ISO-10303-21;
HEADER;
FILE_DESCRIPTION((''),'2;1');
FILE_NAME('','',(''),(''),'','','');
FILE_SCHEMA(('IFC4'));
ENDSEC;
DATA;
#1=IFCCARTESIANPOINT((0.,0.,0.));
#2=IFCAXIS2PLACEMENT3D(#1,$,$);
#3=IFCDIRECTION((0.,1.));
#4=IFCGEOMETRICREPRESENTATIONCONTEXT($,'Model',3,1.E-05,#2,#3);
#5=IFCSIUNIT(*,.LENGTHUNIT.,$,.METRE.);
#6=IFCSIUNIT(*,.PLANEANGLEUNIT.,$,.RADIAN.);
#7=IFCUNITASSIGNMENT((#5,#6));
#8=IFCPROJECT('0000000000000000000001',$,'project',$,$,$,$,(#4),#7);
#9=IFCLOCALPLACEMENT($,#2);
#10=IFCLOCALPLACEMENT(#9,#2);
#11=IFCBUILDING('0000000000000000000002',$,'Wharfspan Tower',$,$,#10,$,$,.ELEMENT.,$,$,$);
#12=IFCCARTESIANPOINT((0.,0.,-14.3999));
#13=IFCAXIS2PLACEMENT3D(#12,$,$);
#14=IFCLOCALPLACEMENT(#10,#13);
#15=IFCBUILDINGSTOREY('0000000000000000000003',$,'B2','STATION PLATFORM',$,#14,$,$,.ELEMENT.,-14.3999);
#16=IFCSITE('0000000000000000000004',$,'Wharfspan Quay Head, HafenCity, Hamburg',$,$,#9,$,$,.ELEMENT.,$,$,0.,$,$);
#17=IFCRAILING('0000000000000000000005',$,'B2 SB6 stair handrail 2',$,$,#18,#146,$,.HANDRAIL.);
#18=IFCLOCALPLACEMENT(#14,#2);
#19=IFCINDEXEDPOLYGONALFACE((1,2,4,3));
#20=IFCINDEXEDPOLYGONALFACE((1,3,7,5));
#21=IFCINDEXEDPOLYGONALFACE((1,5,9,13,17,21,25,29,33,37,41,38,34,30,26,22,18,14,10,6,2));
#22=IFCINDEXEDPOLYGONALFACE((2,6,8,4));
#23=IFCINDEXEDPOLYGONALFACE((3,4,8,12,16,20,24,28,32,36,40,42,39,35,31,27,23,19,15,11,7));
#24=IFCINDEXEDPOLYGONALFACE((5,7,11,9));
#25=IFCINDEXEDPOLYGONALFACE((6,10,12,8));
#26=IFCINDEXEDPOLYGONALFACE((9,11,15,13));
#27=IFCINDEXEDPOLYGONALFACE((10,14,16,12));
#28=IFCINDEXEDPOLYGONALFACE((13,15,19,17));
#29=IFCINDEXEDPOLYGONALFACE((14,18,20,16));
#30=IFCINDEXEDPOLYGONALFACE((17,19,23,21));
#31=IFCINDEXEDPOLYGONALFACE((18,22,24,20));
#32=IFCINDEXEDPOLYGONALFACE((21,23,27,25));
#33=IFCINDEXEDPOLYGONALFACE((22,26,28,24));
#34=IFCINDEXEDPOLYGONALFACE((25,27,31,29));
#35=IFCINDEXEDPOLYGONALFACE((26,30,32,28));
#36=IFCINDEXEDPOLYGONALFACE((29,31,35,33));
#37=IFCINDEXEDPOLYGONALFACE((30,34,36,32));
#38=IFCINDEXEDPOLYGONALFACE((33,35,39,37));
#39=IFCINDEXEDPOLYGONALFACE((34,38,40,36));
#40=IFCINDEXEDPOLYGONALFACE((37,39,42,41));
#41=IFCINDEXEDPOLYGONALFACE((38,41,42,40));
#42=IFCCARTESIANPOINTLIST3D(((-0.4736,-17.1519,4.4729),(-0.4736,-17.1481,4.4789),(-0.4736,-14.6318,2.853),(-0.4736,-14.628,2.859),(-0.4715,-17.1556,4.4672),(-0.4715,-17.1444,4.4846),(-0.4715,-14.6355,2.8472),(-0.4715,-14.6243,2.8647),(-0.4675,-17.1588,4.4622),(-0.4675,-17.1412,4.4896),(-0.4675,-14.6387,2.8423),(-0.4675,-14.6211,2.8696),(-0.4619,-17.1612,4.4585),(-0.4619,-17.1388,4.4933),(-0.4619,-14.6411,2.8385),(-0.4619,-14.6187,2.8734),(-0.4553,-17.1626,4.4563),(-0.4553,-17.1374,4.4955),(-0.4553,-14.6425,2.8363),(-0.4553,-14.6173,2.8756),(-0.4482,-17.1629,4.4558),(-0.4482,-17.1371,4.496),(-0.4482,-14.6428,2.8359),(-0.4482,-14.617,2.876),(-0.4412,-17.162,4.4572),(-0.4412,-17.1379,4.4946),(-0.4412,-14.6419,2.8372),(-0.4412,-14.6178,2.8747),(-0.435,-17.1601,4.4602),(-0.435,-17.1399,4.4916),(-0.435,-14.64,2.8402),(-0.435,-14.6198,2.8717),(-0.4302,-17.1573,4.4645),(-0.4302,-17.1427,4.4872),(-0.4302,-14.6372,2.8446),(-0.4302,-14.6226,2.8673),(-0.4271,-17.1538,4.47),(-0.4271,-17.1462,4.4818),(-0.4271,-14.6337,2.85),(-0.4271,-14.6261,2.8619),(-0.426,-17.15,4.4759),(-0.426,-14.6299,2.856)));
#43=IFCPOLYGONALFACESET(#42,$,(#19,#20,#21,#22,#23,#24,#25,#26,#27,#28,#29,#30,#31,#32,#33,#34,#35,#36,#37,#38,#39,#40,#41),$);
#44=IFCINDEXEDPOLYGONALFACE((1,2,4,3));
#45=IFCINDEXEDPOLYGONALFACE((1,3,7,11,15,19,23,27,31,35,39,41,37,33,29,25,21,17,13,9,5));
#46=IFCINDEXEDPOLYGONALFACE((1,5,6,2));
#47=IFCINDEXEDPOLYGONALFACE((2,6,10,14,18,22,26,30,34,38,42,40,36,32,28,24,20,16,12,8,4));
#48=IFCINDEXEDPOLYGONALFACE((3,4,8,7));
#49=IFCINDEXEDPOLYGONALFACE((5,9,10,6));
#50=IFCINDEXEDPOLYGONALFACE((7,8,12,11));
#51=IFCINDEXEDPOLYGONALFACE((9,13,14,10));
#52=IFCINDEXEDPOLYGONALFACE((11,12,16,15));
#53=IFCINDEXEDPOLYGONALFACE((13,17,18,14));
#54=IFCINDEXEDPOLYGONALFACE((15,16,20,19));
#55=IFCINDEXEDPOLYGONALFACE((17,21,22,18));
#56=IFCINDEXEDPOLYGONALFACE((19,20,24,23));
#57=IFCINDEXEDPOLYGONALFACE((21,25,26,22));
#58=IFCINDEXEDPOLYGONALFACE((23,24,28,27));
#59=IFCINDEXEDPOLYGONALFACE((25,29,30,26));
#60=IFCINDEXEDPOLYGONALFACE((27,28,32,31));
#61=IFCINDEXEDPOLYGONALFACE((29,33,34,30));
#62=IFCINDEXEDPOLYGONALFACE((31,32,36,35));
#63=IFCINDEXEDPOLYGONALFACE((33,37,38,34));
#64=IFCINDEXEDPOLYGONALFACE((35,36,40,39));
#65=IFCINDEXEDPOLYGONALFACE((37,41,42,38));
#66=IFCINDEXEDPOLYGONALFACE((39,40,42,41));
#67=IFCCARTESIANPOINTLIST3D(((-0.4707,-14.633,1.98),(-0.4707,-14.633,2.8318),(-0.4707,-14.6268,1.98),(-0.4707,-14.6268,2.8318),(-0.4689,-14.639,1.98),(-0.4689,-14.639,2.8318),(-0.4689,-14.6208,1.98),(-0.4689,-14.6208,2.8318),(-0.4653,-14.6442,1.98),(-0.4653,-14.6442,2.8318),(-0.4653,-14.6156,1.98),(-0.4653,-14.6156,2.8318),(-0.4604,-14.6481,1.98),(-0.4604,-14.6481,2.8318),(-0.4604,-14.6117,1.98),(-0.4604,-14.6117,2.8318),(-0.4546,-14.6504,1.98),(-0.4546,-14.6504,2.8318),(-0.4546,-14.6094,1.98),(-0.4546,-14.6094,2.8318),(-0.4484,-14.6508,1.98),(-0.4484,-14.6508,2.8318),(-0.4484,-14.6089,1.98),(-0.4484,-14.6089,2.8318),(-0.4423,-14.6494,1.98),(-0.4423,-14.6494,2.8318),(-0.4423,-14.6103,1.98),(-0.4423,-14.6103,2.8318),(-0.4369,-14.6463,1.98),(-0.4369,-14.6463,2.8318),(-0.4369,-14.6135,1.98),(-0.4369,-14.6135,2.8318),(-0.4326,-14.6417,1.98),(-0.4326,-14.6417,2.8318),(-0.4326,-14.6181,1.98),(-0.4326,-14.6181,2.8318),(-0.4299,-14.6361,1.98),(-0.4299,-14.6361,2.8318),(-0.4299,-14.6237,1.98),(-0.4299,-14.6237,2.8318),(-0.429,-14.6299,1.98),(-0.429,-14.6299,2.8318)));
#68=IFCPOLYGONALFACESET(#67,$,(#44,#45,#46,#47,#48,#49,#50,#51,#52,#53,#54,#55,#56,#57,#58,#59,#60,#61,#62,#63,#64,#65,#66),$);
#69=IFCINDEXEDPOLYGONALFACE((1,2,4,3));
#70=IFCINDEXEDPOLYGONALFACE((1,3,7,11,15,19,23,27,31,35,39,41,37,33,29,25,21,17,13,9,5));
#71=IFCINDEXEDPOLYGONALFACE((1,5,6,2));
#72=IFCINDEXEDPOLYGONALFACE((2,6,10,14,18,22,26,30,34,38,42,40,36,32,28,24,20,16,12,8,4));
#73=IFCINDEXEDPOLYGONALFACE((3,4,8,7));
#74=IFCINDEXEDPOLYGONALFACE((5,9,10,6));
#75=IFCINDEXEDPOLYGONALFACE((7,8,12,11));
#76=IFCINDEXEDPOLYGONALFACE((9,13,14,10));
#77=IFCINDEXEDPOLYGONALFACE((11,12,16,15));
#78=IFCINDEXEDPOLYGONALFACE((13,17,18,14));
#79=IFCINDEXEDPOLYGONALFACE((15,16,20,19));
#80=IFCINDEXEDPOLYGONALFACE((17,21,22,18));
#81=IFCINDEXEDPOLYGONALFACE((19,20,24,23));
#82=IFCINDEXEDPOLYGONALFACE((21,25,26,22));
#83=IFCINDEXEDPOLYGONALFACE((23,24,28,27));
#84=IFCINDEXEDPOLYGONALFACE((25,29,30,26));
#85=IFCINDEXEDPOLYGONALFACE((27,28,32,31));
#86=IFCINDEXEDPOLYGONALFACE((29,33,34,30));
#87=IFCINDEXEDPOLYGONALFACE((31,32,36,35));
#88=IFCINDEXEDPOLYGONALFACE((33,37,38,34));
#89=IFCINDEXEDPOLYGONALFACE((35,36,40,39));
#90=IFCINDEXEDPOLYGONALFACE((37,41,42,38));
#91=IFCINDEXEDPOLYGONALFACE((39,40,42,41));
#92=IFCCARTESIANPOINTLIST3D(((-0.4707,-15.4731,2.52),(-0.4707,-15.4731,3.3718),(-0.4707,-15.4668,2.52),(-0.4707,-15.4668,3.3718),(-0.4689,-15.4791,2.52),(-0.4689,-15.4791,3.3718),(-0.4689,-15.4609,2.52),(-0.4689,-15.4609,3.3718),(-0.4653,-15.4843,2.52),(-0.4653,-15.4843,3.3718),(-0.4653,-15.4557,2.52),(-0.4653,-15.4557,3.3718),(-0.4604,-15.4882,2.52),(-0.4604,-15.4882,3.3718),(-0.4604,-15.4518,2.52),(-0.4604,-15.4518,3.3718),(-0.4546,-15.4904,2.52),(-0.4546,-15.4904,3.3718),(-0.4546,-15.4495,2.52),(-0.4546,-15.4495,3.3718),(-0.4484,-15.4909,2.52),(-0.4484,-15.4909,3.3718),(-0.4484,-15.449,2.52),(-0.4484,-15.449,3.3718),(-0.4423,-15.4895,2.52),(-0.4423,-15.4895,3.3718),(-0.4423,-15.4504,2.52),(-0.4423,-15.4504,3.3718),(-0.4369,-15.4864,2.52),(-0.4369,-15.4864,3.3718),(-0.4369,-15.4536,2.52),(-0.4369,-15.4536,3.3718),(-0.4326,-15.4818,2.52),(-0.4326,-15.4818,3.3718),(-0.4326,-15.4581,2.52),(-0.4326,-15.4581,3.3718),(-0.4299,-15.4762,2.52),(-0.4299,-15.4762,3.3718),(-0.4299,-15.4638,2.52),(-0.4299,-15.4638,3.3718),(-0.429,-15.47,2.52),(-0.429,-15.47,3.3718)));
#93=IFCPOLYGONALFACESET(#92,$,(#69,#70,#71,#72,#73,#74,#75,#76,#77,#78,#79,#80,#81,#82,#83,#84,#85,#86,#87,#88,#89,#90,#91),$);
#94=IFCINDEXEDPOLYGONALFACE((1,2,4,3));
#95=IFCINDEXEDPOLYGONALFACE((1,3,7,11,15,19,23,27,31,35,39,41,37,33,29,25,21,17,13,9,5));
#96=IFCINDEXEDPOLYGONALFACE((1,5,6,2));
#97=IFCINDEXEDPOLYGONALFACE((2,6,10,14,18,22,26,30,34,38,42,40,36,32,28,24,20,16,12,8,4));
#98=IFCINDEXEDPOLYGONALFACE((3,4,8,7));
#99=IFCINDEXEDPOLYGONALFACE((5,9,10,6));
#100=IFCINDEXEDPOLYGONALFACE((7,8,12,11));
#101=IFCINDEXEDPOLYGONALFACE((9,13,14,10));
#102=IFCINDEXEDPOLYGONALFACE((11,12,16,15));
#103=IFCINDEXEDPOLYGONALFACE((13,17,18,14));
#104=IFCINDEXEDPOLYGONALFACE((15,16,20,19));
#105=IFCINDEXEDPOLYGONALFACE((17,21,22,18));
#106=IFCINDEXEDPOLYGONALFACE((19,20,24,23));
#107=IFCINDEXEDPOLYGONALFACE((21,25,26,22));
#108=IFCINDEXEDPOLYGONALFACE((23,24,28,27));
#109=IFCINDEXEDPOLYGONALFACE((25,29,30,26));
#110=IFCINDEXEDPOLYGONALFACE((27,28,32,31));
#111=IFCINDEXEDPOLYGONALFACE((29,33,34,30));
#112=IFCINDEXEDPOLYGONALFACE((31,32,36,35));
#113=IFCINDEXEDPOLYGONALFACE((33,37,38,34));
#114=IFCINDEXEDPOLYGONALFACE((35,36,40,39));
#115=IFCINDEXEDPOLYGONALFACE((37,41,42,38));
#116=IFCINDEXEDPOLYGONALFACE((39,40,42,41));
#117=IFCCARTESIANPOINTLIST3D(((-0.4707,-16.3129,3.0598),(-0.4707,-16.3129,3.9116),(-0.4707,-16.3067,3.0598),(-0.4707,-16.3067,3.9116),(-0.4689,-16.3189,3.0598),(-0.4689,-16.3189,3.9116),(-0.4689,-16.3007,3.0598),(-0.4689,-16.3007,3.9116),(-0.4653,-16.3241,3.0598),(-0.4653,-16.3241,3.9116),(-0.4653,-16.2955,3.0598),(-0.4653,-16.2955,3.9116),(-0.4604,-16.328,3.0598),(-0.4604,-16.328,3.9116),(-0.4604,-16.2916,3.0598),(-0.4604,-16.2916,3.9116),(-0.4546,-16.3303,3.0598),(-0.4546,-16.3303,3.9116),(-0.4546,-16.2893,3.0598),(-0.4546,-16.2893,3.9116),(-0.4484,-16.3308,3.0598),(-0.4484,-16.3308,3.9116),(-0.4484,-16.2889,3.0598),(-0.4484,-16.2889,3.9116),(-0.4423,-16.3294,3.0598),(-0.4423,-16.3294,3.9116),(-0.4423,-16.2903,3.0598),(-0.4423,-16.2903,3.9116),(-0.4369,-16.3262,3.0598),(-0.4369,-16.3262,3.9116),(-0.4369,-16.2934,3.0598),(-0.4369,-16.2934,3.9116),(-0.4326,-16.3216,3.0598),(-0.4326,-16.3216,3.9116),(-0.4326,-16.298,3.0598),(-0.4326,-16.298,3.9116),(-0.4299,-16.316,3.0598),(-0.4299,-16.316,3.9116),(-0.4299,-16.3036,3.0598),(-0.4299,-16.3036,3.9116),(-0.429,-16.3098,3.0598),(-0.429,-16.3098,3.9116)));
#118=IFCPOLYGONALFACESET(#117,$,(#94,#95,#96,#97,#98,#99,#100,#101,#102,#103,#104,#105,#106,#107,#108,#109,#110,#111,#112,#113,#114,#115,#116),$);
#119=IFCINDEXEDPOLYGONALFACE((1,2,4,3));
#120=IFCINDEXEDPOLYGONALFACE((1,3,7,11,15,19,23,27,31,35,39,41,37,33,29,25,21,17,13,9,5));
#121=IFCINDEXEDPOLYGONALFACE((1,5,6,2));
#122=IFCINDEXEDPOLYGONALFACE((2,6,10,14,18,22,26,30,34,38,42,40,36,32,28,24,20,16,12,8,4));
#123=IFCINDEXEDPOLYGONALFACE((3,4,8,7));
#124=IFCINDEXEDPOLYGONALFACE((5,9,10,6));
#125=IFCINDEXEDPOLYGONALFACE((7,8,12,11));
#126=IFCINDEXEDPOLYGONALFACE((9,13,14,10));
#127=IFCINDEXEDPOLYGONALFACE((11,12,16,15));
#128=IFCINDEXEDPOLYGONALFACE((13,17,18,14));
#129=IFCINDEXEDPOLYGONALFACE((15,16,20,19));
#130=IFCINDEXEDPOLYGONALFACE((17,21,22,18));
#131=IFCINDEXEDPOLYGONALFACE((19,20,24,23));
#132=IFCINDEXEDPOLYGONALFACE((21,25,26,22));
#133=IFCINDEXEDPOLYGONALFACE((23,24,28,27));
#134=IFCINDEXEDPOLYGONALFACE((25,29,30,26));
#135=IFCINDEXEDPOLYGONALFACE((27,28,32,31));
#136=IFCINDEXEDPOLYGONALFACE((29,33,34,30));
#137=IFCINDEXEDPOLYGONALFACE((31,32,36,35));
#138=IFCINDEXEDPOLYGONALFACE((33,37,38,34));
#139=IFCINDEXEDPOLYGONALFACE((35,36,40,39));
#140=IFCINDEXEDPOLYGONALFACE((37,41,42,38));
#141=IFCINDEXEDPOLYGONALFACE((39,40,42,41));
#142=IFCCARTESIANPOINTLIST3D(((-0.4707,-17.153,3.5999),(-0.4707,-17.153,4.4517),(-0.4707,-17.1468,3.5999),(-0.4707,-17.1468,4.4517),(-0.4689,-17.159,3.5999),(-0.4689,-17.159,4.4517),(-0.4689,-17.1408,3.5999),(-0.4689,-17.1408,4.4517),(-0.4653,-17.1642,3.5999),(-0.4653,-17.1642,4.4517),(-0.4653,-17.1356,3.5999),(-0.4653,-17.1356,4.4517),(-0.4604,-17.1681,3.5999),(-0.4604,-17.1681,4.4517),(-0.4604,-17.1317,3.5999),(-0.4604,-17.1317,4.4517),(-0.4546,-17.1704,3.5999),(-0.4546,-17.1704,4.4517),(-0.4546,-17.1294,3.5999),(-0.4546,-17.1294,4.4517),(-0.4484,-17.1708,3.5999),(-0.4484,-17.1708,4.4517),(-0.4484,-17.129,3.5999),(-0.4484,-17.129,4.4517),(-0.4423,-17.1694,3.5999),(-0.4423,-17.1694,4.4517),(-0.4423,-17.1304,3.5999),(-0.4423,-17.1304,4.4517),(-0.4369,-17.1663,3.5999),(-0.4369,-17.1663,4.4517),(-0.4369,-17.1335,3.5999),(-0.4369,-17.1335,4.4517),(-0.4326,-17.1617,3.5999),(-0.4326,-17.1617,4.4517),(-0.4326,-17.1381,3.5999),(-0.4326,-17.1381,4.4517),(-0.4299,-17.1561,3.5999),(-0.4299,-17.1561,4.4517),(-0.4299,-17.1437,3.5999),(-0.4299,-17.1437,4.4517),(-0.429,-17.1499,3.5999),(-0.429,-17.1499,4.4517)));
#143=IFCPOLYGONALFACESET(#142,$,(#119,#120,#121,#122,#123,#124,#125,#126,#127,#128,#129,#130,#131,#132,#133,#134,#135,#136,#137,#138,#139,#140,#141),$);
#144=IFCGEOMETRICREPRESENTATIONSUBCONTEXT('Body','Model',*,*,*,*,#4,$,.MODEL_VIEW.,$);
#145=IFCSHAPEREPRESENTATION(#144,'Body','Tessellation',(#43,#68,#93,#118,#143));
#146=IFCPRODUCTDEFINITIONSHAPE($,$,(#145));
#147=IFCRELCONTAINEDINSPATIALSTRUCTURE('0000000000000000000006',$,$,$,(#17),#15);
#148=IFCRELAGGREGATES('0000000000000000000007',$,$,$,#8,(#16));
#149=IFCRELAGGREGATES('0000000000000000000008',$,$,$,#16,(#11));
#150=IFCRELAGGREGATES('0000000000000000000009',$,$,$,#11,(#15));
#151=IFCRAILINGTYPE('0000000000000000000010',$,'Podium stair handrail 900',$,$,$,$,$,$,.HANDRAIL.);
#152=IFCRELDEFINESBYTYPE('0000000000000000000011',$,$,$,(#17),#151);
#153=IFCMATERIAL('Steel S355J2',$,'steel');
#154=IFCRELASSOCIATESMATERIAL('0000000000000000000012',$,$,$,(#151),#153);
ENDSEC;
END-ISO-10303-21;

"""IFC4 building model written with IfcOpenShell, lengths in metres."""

from ifc_helpers import new_model, si_unit, direction, frame, origin, origin_2d, place, context, subcontext, project, spatial, circle, extrude, material, type_object, element, save


model = new_model("IFC4")

# Units and contexts
model_context = context("Model", 3, precision=1e-05, world=origin(), true_north=direction((0.0, 1.0)))
body_context = subcontext(model_context, "Body", "Model", "MODEL_VIEW")
ifc_project = project(units=[si_unit("LENGTHUNIT", "METRE"), si_unit("PLANEANGLEUNIT", "RADIAN")], contexts=[model_context])

# Site, building, storey
site_placement = place(None, origin())
site = spatial("IfcSite", under=ifc_project, at=site_placement, Name="Wharfspan Quay Head, HafenCity, Hamburg", CompositionType="ELEMENT", RefElevation=0.0)
building_placement = place(site_placement, origin())
building = spatial("IfcBuilding", under=site, at=building_placement, Name="Wharfspan Tower", CompositionType="ELEMENT")
storey_placement = place(building_placement, frame((0.0, 0.0, -14.3999)))
storey = spatial("IfcBuildingStorey", under=building, at=storey_placement, Name="B2", Description="STATION PLATFORM", CompositionType="ELEMENT", Elevation=-14.3999)

# Railing
ifc_material_1 = material(Name="Steel S355J2", Category="steel")
railing_type_1 = type_object("IfcRailingType", Name="Podium stair handrail 900", PredefinedType="HANDRAIL", material=ifc_material_1)
railing_1_placement = place(storey_placement, frame((-0.45, -14.6299, 1.98)))
element("IfcRailing", 1, at=railing_1_placement, inside=storey, type_object=railing_type_1, Name="B2 SB6 stair handrail 2", PredefinedType="HANDRAIL", context=body_context, shape_type="SweptSolid", body=[
    extrude(circle(Radius=0.0239, at=origin_2d()), frame((0.0, 0.0, 0.876), z_axis=(0.0, -0.8412, 0.540725), x_axis=(1.0, 0.0, 0.0)), (0.0, 0.0, 1.0), 2.9958),
    extrude(circle(Radius=0.021, at=origin_2d()), origin(), (0.0, 0.0, 1.0), 0.8518),
    extrude(circle(Radius=0.021, at=origin_2d()), frame((0.0, -0.8401, 0.54)), (0.0, 0.0, 1.0), 0.8518),
    extrude(circle(Radius=0.021, at=origin_2d()), frame((0.0, -1.6799, 1.0798)), (0.0, 0.0, 1.0), 0.8518),
    extrude(circle(Radius=0.021, at=origin_2d()), frame((0.0, -2.52, 1.6199)), (0.0, 0.0, 1.0), 0.8518),
])

save(model, "model.ifc")
